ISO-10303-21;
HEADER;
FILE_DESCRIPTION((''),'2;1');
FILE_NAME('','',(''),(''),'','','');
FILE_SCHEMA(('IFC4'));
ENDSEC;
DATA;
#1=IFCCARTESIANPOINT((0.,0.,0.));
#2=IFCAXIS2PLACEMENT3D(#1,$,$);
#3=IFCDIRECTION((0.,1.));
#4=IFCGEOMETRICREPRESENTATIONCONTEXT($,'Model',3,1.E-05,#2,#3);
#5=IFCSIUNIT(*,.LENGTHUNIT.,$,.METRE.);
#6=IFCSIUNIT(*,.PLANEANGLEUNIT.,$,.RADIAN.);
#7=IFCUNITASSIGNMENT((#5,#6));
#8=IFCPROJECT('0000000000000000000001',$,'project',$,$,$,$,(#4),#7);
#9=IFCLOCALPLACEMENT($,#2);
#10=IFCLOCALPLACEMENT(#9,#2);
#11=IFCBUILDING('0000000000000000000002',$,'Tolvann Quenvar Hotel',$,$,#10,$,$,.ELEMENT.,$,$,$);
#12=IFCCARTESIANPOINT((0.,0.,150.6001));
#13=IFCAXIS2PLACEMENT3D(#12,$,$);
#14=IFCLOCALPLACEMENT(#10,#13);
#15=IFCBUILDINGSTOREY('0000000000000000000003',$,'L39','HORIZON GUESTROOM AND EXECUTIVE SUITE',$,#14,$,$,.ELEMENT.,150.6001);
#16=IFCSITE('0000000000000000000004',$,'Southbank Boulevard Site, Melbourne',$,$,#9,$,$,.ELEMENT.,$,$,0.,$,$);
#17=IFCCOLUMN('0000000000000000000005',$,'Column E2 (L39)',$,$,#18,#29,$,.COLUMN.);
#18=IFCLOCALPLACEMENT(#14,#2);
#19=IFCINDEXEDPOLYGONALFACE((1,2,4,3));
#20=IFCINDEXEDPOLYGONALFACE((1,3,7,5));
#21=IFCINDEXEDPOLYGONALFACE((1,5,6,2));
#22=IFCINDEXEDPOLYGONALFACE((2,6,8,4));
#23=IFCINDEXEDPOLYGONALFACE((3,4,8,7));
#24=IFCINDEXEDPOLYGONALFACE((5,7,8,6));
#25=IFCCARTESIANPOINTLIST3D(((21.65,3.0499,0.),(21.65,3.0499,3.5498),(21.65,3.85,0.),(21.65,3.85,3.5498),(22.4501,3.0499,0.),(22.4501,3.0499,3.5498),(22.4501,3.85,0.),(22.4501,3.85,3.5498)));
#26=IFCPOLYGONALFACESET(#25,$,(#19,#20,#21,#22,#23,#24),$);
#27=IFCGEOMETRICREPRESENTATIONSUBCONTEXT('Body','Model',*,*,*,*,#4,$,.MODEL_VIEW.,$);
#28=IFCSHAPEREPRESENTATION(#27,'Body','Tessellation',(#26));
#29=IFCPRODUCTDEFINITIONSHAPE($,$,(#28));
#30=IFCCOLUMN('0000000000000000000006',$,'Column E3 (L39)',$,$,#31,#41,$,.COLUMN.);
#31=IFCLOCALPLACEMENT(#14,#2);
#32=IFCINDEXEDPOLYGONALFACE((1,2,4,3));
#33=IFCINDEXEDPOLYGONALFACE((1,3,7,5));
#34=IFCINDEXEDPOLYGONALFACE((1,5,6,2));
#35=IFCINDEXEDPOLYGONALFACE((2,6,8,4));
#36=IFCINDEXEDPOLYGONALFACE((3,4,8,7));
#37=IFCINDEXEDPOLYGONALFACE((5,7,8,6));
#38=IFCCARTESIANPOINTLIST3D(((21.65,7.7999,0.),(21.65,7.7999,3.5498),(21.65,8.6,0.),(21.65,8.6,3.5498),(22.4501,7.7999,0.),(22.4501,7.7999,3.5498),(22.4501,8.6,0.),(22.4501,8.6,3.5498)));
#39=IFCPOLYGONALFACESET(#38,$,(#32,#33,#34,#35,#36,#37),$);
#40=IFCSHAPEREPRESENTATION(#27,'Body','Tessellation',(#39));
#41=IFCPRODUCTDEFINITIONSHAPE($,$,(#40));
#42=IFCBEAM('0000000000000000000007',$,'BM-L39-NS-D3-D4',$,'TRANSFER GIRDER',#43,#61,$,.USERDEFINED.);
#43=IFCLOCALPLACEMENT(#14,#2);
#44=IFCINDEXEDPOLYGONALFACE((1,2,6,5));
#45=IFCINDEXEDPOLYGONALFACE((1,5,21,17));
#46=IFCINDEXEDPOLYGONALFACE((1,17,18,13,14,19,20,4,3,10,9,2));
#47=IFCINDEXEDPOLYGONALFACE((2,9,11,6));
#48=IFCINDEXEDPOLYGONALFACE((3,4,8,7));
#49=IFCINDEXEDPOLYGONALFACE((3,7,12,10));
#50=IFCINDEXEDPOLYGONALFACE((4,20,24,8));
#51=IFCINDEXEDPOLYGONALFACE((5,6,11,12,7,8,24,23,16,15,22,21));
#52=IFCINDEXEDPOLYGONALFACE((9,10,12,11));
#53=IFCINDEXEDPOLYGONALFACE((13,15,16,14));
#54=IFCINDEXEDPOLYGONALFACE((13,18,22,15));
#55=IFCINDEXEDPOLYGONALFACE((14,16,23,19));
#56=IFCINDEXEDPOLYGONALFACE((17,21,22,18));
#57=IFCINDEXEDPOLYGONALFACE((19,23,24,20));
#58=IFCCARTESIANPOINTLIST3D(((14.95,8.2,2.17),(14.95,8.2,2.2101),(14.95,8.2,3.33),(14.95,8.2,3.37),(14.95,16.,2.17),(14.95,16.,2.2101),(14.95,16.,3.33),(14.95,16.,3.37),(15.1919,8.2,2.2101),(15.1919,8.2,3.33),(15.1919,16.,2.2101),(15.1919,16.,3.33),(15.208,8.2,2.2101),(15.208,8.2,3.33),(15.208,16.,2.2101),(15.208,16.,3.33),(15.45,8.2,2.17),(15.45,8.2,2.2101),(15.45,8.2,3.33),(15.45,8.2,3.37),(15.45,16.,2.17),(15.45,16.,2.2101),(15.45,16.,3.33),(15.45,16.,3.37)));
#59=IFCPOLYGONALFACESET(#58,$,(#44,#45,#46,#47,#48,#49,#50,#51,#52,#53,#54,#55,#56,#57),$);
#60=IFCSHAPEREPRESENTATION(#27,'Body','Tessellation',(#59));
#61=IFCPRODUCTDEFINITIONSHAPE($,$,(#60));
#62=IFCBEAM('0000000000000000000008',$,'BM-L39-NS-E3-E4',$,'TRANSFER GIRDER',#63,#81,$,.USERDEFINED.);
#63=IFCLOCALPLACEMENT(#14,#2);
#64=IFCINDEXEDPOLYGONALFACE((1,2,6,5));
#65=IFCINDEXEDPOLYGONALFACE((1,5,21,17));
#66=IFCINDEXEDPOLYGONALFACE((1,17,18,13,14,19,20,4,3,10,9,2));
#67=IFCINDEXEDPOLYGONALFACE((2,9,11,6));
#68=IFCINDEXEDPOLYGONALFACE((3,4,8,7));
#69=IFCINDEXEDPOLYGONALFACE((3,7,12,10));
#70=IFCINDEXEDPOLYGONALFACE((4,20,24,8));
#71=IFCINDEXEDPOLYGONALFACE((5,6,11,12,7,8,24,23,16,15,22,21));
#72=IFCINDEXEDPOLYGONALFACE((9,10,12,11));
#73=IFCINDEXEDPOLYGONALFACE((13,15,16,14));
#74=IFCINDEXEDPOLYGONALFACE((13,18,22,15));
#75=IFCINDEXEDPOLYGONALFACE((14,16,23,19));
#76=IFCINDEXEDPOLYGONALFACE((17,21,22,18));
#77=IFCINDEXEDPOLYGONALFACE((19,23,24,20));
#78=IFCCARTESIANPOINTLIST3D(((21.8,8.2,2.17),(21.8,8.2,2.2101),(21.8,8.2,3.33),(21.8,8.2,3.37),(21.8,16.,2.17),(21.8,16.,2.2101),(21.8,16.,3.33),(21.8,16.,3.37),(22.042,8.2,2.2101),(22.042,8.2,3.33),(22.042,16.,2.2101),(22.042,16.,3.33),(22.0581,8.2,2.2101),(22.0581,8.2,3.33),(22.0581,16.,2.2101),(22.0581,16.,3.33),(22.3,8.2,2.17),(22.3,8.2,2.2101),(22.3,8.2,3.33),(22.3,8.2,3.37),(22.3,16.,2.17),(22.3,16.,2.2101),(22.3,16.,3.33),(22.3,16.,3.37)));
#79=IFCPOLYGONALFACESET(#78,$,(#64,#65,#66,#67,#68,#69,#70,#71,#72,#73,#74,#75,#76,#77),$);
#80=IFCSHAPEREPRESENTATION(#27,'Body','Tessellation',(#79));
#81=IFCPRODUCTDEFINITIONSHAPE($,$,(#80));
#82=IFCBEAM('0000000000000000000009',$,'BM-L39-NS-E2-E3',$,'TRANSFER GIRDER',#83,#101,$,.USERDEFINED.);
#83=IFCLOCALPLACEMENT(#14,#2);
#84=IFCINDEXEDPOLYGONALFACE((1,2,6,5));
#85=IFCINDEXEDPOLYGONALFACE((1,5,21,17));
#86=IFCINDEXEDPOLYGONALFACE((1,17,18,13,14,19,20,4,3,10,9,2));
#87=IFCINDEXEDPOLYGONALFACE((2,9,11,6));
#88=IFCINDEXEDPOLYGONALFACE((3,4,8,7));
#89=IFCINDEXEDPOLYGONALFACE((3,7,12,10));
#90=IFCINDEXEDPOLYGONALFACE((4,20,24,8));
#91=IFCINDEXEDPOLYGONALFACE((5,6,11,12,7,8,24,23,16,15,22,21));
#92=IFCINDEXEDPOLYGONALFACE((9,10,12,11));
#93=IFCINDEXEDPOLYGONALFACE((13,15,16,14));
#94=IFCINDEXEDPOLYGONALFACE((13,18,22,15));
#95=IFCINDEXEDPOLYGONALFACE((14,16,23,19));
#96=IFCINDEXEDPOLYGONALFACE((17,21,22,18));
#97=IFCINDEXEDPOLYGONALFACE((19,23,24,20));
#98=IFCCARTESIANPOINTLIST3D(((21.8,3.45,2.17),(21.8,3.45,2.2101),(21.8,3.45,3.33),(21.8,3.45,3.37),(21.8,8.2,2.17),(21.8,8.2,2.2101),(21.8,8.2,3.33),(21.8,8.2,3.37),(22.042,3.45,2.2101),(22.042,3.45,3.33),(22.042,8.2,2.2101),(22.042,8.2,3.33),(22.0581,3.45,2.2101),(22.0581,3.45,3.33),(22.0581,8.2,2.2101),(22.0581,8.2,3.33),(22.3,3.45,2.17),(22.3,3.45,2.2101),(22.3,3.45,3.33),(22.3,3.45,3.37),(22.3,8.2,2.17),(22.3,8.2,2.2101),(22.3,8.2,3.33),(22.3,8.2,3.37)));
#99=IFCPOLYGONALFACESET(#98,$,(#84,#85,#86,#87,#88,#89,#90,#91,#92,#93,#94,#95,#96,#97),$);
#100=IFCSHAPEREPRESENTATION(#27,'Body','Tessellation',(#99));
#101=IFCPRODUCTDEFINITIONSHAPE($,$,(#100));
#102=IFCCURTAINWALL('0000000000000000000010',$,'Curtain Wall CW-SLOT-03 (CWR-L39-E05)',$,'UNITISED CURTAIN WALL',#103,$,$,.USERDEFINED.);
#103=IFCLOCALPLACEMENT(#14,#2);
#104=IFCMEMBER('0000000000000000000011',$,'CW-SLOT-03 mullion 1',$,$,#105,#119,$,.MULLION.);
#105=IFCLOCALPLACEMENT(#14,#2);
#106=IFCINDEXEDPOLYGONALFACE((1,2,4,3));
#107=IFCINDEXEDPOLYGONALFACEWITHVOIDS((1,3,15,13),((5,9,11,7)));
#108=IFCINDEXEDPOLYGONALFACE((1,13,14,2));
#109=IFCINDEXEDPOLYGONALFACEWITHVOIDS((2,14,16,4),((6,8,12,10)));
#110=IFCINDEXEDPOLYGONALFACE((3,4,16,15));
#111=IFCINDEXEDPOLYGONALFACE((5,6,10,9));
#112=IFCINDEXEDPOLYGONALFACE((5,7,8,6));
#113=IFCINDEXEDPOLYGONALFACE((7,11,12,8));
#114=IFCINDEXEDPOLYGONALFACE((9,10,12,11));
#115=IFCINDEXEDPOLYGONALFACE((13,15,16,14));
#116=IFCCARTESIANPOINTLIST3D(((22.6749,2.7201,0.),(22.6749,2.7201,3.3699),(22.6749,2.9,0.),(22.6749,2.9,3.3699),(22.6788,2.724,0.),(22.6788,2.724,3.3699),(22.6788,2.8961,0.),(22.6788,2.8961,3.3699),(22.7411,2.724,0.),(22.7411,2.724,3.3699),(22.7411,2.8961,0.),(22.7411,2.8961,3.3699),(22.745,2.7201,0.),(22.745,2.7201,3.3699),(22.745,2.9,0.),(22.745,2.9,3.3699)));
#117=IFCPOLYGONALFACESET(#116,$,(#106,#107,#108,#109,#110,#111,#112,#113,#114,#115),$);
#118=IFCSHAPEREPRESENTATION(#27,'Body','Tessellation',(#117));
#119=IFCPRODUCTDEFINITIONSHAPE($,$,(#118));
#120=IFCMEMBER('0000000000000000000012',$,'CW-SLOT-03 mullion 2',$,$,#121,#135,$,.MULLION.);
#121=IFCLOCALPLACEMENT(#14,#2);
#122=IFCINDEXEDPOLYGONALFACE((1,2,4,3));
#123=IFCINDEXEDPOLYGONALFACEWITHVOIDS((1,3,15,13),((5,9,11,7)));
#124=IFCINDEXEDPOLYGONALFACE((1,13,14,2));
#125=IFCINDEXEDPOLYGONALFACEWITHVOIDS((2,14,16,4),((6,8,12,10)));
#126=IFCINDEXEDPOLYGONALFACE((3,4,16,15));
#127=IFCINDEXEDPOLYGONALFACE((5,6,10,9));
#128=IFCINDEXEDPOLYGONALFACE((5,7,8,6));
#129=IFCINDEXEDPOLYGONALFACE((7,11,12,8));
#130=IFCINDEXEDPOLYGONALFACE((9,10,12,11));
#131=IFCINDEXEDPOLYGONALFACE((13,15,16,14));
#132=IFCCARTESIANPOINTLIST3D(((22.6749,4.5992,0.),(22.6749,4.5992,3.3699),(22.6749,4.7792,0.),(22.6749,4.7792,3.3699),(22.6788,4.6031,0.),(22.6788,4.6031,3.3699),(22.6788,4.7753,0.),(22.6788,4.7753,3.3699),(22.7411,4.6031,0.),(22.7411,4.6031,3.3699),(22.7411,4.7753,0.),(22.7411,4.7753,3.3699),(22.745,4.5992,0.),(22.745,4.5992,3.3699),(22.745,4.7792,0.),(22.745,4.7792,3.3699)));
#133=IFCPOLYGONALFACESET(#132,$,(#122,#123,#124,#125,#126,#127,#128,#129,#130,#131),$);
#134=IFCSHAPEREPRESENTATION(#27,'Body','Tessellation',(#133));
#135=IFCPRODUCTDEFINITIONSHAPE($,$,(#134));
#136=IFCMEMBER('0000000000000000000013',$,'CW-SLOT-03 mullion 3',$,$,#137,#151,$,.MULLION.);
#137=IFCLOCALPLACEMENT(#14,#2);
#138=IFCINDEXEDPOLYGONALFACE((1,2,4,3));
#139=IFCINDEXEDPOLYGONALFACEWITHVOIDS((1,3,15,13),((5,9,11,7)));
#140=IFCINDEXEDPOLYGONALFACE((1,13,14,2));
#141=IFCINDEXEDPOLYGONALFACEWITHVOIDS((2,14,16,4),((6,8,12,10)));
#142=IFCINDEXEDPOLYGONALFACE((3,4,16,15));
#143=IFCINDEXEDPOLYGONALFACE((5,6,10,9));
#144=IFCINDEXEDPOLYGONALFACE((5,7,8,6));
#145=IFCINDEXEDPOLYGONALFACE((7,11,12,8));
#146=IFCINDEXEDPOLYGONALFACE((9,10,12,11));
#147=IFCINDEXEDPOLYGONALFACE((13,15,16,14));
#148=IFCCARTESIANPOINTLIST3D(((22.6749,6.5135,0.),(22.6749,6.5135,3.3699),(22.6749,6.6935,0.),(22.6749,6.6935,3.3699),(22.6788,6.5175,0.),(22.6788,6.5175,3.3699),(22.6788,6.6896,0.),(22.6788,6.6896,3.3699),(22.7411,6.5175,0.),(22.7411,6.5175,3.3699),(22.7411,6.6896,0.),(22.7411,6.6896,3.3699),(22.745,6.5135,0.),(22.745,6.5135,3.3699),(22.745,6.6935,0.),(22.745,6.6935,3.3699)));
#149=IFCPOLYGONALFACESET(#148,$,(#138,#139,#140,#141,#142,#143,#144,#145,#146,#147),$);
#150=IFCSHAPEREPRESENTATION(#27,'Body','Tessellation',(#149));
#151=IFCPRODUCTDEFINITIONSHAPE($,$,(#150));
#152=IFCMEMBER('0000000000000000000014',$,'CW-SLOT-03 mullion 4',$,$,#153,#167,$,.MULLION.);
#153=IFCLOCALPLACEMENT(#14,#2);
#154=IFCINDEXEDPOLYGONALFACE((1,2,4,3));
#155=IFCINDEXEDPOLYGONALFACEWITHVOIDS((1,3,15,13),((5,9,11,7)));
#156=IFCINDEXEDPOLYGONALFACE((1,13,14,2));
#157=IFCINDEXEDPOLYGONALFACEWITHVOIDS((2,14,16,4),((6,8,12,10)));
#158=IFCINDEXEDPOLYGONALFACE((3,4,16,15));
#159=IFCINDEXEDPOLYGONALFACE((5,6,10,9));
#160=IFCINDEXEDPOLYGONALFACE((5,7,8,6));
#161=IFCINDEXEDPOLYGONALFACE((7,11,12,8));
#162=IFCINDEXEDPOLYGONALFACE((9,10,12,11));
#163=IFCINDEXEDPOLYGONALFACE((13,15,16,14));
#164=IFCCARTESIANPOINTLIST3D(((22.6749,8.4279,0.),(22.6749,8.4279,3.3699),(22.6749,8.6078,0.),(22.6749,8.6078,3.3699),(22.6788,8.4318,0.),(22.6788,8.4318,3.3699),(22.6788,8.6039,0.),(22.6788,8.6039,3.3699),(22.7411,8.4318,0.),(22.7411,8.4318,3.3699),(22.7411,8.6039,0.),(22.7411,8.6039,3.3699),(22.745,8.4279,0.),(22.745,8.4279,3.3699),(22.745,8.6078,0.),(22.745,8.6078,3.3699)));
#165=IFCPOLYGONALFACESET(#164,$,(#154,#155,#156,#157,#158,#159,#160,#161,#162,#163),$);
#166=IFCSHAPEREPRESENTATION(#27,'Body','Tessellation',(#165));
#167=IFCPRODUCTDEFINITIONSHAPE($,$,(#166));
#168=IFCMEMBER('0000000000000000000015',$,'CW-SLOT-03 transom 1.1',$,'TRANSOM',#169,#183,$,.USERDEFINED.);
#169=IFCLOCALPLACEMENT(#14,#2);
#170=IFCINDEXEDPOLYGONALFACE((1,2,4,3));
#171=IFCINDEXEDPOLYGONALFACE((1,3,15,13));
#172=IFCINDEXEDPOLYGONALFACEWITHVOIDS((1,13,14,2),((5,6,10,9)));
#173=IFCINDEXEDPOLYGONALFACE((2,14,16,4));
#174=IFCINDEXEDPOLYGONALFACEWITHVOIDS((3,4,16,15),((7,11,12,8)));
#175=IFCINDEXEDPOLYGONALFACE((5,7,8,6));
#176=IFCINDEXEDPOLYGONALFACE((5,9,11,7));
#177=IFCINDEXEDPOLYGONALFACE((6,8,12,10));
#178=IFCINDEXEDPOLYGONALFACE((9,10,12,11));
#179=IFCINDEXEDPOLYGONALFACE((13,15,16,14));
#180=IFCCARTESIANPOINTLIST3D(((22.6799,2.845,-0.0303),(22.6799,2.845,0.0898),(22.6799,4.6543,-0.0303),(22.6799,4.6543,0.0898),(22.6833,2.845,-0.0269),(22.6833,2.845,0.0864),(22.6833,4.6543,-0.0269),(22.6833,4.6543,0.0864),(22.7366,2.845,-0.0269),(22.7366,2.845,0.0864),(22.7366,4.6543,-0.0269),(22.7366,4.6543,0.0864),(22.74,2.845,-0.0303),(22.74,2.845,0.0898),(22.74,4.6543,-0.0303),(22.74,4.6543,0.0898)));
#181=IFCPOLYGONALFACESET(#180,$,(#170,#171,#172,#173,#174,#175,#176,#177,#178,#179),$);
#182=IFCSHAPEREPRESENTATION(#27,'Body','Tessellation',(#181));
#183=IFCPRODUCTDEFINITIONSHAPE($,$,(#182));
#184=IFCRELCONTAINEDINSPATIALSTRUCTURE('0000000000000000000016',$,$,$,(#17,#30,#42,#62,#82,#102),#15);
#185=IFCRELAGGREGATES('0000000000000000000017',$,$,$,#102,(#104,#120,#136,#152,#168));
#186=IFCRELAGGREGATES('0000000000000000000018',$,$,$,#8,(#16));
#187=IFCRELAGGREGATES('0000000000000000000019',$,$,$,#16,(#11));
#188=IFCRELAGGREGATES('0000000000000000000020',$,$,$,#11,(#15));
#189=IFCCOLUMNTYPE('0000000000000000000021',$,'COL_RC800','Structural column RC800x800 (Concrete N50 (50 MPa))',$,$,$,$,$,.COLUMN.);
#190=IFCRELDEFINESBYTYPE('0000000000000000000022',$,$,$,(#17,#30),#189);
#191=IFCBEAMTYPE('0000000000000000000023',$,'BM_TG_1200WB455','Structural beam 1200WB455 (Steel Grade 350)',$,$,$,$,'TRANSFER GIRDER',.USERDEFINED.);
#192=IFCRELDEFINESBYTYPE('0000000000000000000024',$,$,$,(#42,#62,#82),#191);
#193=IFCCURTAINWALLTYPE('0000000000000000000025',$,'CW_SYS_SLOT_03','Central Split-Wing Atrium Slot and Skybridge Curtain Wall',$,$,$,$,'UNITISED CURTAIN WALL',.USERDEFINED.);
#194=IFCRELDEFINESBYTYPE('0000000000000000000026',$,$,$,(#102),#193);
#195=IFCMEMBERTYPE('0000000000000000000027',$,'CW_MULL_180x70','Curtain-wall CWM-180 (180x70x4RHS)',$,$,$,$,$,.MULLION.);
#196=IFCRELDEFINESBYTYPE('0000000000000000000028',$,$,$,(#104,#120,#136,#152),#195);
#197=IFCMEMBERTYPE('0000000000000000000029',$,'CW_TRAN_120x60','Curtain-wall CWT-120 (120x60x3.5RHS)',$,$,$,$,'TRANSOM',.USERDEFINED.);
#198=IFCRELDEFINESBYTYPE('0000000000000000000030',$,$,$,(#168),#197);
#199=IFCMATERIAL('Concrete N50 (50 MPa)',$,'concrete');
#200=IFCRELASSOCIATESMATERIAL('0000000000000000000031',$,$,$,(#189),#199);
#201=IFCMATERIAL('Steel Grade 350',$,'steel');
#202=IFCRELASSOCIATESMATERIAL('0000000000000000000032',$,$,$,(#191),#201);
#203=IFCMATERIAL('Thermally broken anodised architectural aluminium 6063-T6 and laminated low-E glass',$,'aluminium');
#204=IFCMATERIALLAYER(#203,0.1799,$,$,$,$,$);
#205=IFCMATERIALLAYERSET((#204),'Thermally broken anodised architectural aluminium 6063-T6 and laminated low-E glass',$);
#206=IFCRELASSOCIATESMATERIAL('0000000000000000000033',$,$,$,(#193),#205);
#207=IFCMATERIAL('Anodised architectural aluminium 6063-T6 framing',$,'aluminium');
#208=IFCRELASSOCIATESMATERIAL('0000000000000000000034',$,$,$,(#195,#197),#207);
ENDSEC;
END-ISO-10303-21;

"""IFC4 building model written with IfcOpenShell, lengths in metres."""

from ifc_helpers import new_model, si_unit, direction, frame, origin, origin_2d, place, context, subcontext, project, spatial, rectangle, hollow_rectangle, i_section, extrude, source, transform, mapped, material, layer, layer_set, material_profile, profile_set, type_object, type_shapes, element, aggregate, save


model = new_model("IFC4")

# Units and contexts
model_context = context("Model", 3, precision=1e-05, world=origin(), true_north=direction((0.0, 1.0)))
body_context = subcontext(model_context, "Body", "Model", "MODEL_VIEW")
ifc_project = project(units=[si_unit("LENGTHUNIT", "METRE"), si_unit("PLANEANGLEUNIT", "RADIAN")], contexts=[model_context])

# Site, building, storey
site_placement = place(None, origin())
site = spatial("IfcSite", under=ifc_project, at=site_placement, Name="Southbank Boulevard Site, Melbourne", CompositionType="ELEMENT", RefElevation=0.0)
building_placement = place(site_placement, origin())
building = spatial("IfcBuilding", under=site, at=building_placement, Name="Tolvann Quenvar Hotel", CompositionType="ELEMENT")
storey_placement = place(building_placement, frame((0.0, 0.0, 150.6001)))
storey = spatial("IfcBuildingStorey", under=building, at=storey_placement, Name="L39", Description="HORIZON GUESTROOM AND EXECUTIVE SUITE", CompositionType="ELEMENT", Elevation=150.6001)

# Columns
ifc_material_1 = material(Name="Concrete N50 (50 MPa)", Category="concrete")
ifc_material_profile_1 = material_profile(ifc_material_1, rectangle(XDim=0.8, YDim=0.8, at=origin_2d()), Name="RC800x800")
ifc_profile_set_1 = profile_set([ifc_material_profile_1], Name="Concrete N50 (50 MPa)")
column_type = type_object("IfcColumnType", Name="COL_RC800", Description="Structural column RC800x800 (Concrete N50 (50 MPa))", PredefinedType="COLUMN", material=ifc_profile_set_1)
shared_shape_1 = source(origin(), body_context, "Body", "SweptSolid", [
    extrude(rectangle(XDim=0.8, YDim=0.8, at=origin_2d()), origin(), (0.0, 0.0, 1.0), 3.5498),
])
type_shapes(column_type, [shared_shape_1])
for number, where, z_axis, x_axis, name in (
    (1, (22.05, 3.45, 0.0), (0.0, 0.0, 1.0), (1.0, 0.0, 0.0), "Column E2 (L39)"),
    (2, (22.05, 8.2, 0.0), (0.0, 0.0, 1.0), (1.0, 0.0, 0.0), "Column E3 (L39)"),
):
    element("IfcColumn", number, at=place(storey_placement, frame(where, z_axis=z_axis, x_axis=x_axis)), inside=storey, type_object=column_type, Name=name, PredefinedType="COLUMN", context=body_context, shape_type="MappedRepresentation", body=[
        mapped(shared_shape_1, transform((0.0, 0.0, 0.0), x_axis=(1.0, 0.0, 0.0), y_axis=(0.0, 1.0, 0.0), z_axis=(0.0, 0.0, 1.0), scale=1.0)),
    ])

# Beams
ifc_material_2 = material(Name="Steel Grade 350", Category="steel")
ifc_material_profile_2 = material_profile(ifc_material_2, i_section(OverallWidth=0.5, OverallDepth=1.2, WebThickness=0.0161, FlangeThickness=0.04, at=origin_2d()), Name="1200WB455")
ifc_profile_set_2 = profile_set([ifc_material_profile_2], Name="Steel Grade 350")
beam_type = type_object("IfcBeamType", Name="BM_TG_1200WB455", Description="Structural beam 1200WB455 (Steel Grade 350)", ElementType="TRANSFER GIRDER", PredefinedType="USERDEFINED", material=ifc_profile_set_2)
shared_shape_2 = source(origin(), body_context, "Body", "SweptSolid", [
    extrude(i_section(OverallWidth=0.5, OverallDepth=1.2, WebThickness=0.0161, FlangeThickness=0.04, at=origin_2d()), origin(), (0.0, 0.0, 1.0), 7.8),
])
for number, where, z_axis, x_axis, name in (
    (3, (15.2, 8.2, 2.77), (0.0, 1.0, 0.0), (-1.0, 0.0, 0.0), "BM-L39-NS-D3-D4"),
    (4, (22.05, 8.2, 2.77), (0.0, 1.0, 0.0), (-1.0, 0.0, 0.0), "BM-L39-NS-E3-E4"),
):
    element("IfcBeam", number, at=place(storey_placement, frame(where, z_axis=z_axis, x_axis=x_axis)), inside=storey, type_object=beam_type, Name=name, ObjectType="TRANSFER GIRDER", PredefinedType="USERDEFINED", context=body_context, shape_type="MappedRepresentation", body=[
        mapped(shared_shape_2, transform((0.0, 0.0, 0.0), x_axis=(1.0, 0.0, 0.0), y_axis=(0.0, 1.0, 0.0), z_axis=(0.0, 0.0, 1.0), scale=1.0)),
    ])
shared_shape_3 = source(origin(), body_context, "Body", "SweptSolid", [
    extrude(i_section(OverallWidth=0.5, OverallDepth=1.2, WebThickness=0.0161, FlangeThickness=0.04, at=origin_2d()), origin(), (0.0, 0.0, 1.0), 4.75),
])
type_shapes(beam_type, [shared_shape_2, shared_shape_3])
beam_placement = place(storey_placement, frame((22.05, 3.45, 2.77), z_axis=(0.0, 1.0, 0.0), x_axis=(-1.0, 0.0, 0.0)))
element("IfcBeam", 5, at=beam_placement, inside=storey, type_object=beam_type, Name="BM-L39-NS-E2-E3", ObjectType="TRANSFER GIRDER", PredefinedType="USERDEFINED", context=body_context, shape_type="MappedRepresentation", body=[
    mapped(shared_shape_3, transform((0.0, 0.0, 0.0), x_axis=(1.0, 0.0, 0.0), y_axis=(0.0, 1.0, 0.0), z_axis=(0.0, 0.0, 1.0), scale=1.0)),
])

# Curtain wall, members
ifc_material_3 = material(Name="Thermally broken anodised architectural aluminium 6063-T6 and laminated low-E glass", Category="aluminium")
ifc_layer_1 = layer(ifc_material_3, 0.1799)
ifc_layer_set_1 = layer_set([ifc_layer_1], Name="Thermally broken anodised architectural aluminium 6063-T6 and laminated low-E glass")
curtain_wall_type = type_object("IfcCurtainWallType", Name="CW_SYS_SLOT_03", Description="Central Split-Wing Atrium Slot and Skybridge Curtain Wall", ElementType="UNITISED CURTAIN WALL", PredefinedType="USERDEFINED", material=ifc_layer_set_1)
curtain_wall_placement = place(storey_placement, origin())
curtain_wall = element("IfcCurtainWall", 6, at=curtain_wall_placement, inside=storey, type_object=curtain_wall_type, Name="Curtain Wall CW-SLOT-03 (CWR-L39-E05)", ObjectType="UNITISED CURTAIN WALL", PredefinedType="USERDEFINED")
ifc_material_4 = material(Name="Anodised architectural aluminium 6063-T6 framing", Category="aluminium")
ifc_material_profile_3 = material_profile(ifc_material_4, hollow_rectangle(XDim=0.0701, YDim=0.1799, WallThickness=0.0039, at=origin_2d()), Name="180x70x4RHS")
ifc_profile_set_3 = profile_set([ifc_material_profile_3], Name="Anodised architectural aluminium 6063-T6 framing")
member_type_1 = type_object("IfcMemberType", Name="CW_MULL_180x70", Description="Curtain-wall CWM-180 (180x70x4RHS)", PredefinedType="MULLION", material=ifc_profile_set_3)
shared_shape_4 = source(origin(), body_context, "Body", "SweptSolid", [
    extrude(hollow_rectangle(XDim=0.0701, YDim=0.1799, WallThickness=0.0039, at=origin_2d()), origin(), (0.0, 0.0, 1.0), 3.3699),
])
type_shapes(member_type_1, [shared_shape_4])
member_1_placement = place(storey_placement, frame((22.71, 2.8101, 0.0), z_axis=(0.0, 0.0, 1.0), x_axis=(-1.0, 0.0, 0.0)))
member_1 = element("IfcMember", 7, at=member_1_placement, type_object=member_type_1, Name="CW-SLOT-03 mullion 1", PredefinedType="MULLION", context=body_context, shape_type="MappedRepresentation", body=[
    mapped(shared_shape_4, transform((0.0, 0.0, 0.0), x_axis=(1.0, 0.0, 0.0), y_axis=(0.0, 1.0, 0.0), z_axis=(0.0, 0.0, 1.0), scale=1.0)),
])
member_2_placement = place(storey_placement, frame((22.71, 4.6892, 0.0), z_axis=(0.0, 0.0, 1.0), x_axis=(-1.0, 0.0, 0.0)))
member_2 = element("IfcMember", 8, at=member_2_placement, type_object=member_type_1, Name="CW-SLOT-03 mullion 2", PredefinedType="MULLION", context=body_context, shape_type="MappedRepresentation", body=[
    mapped(shared_shape_4, transform((0.0, 0.0, 0.0), x_axis=(1.0, 0.0, 0.0), y_axis=(0.0, 1.0, 0.0), z_axis=(0.0, 0.0, 1.0), scale=1.0)),
])
member_3_placement = place(storey_placement, frame((22.71, 6.6035, 0.0), z_axis=(0.0, 0.0, 1.0), x_axis=(-1.0, 0.0, 0.0)))
member_3 = element("IfcMember", 9, at=member_3_placement, type_object=member_type_1, Name="CW-SLOT-03 mullion 3", PredefinedType="MULLION", context=body_context, shape_type="MappedRepresentation", body=[
    mapped(shared_shape_4, transform((0.0, 0.0, 0.0), x_axis=(1.0, 0.0, 0.0), y_axis=(0.0, 1.0, 0.0), z_axis=(0.0, 0.0, 1.0), scale=1.0)),
])
member_4_placement = place(storey_placement, frame((22.71, 8.5178, 0.0), z_axis=(0.0, 0.0, 1.0), x_axis=(-1.0, 0.0, 0.0)))
member_4 = element("IfcMember", 10, at=member_4_placement, type_object=member_type_1, Name="CW-SLOT-03 mullion 4", PredefinedType="MULLION", context=body_context, shape_type="MappedRepresentation", body=[
    mapped(shared_shape_4, transform((0.0, 0.0, 0.0), x_axis=(1.0, 0.0, 0.0), y_axis=(0.0, 1.0, 0.0), z_axis=(0.0, 0.0, 1.0), scale=1.0)),
])
ifc_material_profile_4 = material_profile(ifc_material_4, hollow_rectangle(XDim=0.0601, YDim=0.1201, WallThickness=0.0034, at=origin_2d()), Name="120x60x3.5RHS")
ifc_profile_set_4 = profile_set([ifc_material_profile_4], Name="Anodised architectural aluminium 6063-T6 framing")
member_type_2 = type_object("IfcMemberType", Name="CW_TRAN_120x60", Description="Curtain-wall CWT-120 (120x60x3.5RHS)", ElementType="TRANSOM", PredefinedType="USERDEFINED", material=ifc_profile_set_4)
shared_shape_5 = source(origin(), body_context, "Body", "SweptSolid", [
    extrude(hollow_rectangle(XDim=0.0601, YDim=0.1201, WallThickness=0.0034, at=origin_2d()), origin(), (0.0, 0.0, 1.0), 1.8093),
])
member_5_placement = place(storey_placement, frame((22.71, 2.845, 0.0298), z_axis=(0.0, 1.0, 0.0), x_axis=(-1.0, 0.0, 0.0)))
member_5 = element("IfcMember", 11, at=member_5_placement, type_object=member_type_2, Name="CW-SLOT-03 transom 1.1", ObjectType="TRANSOM", PredefinedType="USERDEFINED", context=body_context, shape_type="MappedRepresentation", body=[
    mapped(shared_shape_5, transform((0.0, 0.0, 0.0), x_axis=(1.0, 0.0, 0.0), y_axis=(0.0, 1.0, 0.0), z_axis=(0.0, 0.0, 1.0), scale=1.0)),
])
aggregate(curtain_wall, [member_1, member_2, member_3, member_4, member_5])

save(model, "model.ifc")
